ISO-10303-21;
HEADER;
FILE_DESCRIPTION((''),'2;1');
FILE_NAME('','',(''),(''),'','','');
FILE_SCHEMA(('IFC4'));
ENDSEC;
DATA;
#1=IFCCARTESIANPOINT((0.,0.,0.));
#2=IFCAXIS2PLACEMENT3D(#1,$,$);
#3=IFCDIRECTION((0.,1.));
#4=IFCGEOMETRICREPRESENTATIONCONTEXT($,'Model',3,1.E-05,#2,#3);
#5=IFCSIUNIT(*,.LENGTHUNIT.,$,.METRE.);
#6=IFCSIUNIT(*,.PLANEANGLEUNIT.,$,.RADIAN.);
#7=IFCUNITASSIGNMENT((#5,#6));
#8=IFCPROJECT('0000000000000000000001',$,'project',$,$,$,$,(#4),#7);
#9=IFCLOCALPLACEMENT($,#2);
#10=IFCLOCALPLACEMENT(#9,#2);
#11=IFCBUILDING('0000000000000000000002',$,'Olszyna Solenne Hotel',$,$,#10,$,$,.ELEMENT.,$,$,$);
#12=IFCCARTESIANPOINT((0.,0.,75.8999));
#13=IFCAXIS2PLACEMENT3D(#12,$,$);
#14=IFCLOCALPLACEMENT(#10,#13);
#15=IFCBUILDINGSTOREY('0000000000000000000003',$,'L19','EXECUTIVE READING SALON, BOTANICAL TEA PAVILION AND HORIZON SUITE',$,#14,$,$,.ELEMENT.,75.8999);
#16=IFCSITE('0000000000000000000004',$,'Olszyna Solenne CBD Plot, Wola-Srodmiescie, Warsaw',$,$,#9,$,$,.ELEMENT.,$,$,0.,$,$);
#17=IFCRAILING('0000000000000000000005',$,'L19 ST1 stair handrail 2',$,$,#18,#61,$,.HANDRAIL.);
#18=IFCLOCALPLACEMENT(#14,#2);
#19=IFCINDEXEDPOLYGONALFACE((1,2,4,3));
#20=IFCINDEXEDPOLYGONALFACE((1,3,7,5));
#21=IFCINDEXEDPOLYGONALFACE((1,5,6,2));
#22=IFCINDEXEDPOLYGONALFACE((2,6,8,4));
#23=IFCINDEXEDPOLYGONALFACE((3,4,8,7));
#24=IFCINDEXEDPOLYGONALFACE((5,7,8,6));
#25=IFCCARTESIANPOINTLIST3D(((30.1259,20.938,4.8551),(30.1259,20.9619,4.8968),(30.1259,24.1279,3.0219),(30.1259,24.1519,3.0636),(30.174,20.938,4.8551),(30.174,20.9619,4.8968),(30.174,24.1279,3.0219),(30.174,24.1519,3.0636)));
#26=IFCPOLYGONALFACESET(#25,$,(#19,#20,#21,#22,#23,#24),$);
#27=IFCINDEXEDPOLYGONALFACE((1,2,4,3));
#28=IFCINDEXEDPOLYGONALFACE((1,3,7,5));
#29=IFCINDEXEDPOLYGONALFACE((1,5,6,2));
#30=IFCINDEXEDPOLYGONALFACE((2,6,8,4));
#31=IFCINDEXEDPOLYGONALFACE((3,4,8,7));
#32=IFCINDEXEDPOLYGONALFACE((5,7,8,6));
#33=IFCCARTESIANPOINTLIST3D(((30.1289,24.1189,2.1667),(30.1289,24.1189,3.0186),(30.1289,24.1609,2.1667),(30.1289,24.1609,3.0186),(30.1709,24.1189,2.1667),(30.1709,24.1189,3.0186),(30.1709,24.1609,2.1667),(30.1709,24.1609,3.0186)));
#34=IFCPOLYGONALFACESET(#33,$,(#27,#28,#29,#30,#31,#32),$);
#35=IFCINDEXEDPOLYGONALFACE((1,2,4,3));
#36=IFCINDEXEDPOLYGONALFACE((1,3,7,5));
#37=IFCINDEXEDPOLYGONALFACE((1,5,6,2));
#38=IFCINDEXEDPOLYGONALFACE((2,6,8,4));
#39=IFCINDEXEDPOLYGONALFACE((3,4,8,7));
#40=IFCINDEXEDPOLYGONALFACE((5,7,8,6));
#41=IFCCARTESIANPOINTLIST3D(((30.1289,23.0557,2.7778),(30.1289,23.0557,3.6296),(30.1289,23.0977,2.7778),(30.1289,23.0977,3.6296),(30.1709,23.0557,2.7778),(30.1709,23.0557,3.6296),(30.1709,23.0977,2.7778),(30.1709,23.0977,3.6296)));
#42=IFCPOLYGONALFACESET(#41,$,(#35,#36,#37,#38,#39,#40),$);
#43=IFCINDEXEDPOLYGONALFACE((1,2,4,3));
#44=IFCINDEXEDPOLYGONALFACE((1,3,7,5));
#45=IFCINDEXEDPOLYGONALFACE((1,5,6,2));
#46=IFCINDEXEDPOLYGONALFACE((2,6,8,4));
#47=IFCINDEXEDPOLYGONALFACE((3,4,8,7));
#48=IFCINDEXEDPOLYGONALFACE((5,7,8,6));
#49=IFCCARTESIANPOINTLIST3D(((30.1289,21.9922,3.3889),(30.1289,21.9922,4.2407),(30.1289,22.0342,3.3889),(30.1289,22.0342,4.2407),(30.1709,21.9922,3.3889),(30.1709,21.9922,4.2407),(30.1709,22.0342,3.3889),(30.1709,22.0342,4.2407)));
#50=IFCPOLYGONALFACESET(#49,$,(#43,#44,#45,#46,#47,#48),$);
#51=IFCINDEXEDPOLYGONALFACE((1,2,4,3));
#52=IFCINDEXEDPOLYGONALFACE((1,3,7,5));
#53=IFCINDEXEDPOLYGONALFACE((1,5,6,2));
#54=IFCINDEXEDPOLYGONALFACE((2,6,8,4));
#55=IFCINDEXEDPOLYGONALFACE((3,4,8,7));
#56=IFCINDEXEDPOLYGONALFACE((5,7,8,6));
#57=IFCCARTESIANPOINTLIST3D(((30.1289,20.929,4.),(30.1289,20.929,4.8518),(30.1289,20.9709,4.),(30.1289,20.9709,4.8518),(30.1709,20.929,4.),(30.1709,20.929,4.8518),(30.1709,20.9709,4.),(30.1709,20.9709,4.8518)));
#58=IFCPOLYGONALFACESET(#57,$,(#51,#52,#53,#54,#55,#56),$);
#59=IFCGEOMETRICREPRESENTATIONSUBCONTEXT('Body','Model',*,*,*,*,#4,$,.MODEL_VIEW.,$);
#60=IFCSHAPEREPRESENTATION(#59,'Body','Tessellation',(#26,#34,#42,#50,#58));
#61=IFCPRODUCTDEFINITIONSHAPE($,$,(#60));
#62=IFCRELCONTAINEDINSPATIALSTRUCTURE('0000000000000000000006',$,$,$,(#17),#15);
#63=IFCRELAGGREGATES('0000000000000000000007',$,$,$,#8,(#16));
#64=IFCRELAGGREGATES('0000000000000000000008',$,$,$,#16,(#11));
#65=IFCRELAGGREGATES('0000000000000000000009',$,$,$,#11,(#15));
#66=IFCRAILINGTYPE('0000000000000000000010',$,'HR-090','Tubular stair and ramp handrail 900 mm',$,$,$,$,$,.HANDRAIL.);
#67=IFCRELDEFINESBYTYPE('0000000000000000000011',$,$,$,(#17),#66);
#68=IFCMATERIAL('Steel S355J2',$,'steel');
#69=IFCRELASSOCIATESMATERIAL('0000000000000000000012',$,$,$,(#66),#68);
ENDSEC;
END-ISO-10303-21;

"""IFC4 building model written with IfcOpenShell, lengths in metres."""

from ifc_helpers import new_model, si_unit, direction, frame, origin, origin_2d, place, context, subcontext, project, spatial, rectangle, extrude, material, type_object, element, save


model = new_model("IFC4")

# Units and contexts
model_context = context("Model", 3, precision=1e-05, world=origin(), true_north=direction((0.0, 1.0)))
body_context = subcontext(model_context, "Body", "Model", "MODEL_VIEW")
ifc_project = project(units=[si_unit("LENGTHUNIT", "METRE"), si_unit("PLANEANGLEUNIT", "RADIAN")], contexts=[model_context])

# Site, building, storey
site_placement = place(None, origin())
site = spatial("IfcSite", under=ifc_project, at=site_placement, Name="Olszyna Solenne CBD Plot, Wola-Srodmiescie, Warsaw", CompositionType="ELEMENT", RefElevation=0.0)
building_placement = place(site_placement, origin())
building = spatial("IfcBuilding", under=site, at=building_placement, Name="Olszyna Solenne Hotel", CompositionType="ELEMENT")
storey_placement = place(building_placement, frame((0.0, 0.0, 75.8999)))
storey = spatial("IfcBuildingStorey", under=building, at=storey_placement, Name="L19", Description="EXECUTIVE READING SALON, BOTANICAL TEA PAVILION AND HORIZON SUITE", CompositionType="ELEMENT", Elevation=75.8999)

# Shared definitions
ifc_material_1 = material(Name="Steel S355J2", Category="steel")

# Railing
railing_type_1 = type_object("IfcRailingType", Name="HR-090", Description="Tubular stair and ramp handrail 900 mm", PredefinedType="HANDRAIL", material=ifc_material_1)
railing_1_placement = place(storey_placement, frame((30.1499, 24.1399, 2.1667)))
element("IfcRailing", 1, at=railing_1_placement, inside=storey, type_object=railing_type_1, Name="L19 ST1 stair handrail 2", PredefinedType="HANDRAIL", context=body_context, shape_type="SweptSolid", body=[
    extrude(rectangle(XDim=0.0481, YDim=0.0481, at=origin_2d()), frame((0.0, 0.0, 0.876), z_axis=(0.0, -0.86702, 0.498274), x_axis=(1.0, 0.0, 0.0)), (0.0, 0.0, 1.0), 3.6792),
    extrude(rectangle(XDim=0.042, YDim=0.042, at=origin_2d()), origin(), (0.0, 0.0, 1.0), 0.8518),
    extrude(rectangle(XDim=0.042, YDim=0.042, at=origin_2d()), frame((0.0, -1.0632, 0.6111)), (0.0, 0.0, 1.0), 0.8518),
    extrude(rectangle(XDim=0.042, YDim=0.042, at=origin_2d()), frame((0.0, -2.1267, 1.2222)), (0.0, 0.0, 1.0), 0.8518),
    extrude(rectangle(XDim=0.042, YDim=0.042, at=origin_2d()), frame((0.0, -3.1899, 1.8333)), (0.0, 0.0, 1.0), 0.8518),
])

save(model, "model.ifc")
